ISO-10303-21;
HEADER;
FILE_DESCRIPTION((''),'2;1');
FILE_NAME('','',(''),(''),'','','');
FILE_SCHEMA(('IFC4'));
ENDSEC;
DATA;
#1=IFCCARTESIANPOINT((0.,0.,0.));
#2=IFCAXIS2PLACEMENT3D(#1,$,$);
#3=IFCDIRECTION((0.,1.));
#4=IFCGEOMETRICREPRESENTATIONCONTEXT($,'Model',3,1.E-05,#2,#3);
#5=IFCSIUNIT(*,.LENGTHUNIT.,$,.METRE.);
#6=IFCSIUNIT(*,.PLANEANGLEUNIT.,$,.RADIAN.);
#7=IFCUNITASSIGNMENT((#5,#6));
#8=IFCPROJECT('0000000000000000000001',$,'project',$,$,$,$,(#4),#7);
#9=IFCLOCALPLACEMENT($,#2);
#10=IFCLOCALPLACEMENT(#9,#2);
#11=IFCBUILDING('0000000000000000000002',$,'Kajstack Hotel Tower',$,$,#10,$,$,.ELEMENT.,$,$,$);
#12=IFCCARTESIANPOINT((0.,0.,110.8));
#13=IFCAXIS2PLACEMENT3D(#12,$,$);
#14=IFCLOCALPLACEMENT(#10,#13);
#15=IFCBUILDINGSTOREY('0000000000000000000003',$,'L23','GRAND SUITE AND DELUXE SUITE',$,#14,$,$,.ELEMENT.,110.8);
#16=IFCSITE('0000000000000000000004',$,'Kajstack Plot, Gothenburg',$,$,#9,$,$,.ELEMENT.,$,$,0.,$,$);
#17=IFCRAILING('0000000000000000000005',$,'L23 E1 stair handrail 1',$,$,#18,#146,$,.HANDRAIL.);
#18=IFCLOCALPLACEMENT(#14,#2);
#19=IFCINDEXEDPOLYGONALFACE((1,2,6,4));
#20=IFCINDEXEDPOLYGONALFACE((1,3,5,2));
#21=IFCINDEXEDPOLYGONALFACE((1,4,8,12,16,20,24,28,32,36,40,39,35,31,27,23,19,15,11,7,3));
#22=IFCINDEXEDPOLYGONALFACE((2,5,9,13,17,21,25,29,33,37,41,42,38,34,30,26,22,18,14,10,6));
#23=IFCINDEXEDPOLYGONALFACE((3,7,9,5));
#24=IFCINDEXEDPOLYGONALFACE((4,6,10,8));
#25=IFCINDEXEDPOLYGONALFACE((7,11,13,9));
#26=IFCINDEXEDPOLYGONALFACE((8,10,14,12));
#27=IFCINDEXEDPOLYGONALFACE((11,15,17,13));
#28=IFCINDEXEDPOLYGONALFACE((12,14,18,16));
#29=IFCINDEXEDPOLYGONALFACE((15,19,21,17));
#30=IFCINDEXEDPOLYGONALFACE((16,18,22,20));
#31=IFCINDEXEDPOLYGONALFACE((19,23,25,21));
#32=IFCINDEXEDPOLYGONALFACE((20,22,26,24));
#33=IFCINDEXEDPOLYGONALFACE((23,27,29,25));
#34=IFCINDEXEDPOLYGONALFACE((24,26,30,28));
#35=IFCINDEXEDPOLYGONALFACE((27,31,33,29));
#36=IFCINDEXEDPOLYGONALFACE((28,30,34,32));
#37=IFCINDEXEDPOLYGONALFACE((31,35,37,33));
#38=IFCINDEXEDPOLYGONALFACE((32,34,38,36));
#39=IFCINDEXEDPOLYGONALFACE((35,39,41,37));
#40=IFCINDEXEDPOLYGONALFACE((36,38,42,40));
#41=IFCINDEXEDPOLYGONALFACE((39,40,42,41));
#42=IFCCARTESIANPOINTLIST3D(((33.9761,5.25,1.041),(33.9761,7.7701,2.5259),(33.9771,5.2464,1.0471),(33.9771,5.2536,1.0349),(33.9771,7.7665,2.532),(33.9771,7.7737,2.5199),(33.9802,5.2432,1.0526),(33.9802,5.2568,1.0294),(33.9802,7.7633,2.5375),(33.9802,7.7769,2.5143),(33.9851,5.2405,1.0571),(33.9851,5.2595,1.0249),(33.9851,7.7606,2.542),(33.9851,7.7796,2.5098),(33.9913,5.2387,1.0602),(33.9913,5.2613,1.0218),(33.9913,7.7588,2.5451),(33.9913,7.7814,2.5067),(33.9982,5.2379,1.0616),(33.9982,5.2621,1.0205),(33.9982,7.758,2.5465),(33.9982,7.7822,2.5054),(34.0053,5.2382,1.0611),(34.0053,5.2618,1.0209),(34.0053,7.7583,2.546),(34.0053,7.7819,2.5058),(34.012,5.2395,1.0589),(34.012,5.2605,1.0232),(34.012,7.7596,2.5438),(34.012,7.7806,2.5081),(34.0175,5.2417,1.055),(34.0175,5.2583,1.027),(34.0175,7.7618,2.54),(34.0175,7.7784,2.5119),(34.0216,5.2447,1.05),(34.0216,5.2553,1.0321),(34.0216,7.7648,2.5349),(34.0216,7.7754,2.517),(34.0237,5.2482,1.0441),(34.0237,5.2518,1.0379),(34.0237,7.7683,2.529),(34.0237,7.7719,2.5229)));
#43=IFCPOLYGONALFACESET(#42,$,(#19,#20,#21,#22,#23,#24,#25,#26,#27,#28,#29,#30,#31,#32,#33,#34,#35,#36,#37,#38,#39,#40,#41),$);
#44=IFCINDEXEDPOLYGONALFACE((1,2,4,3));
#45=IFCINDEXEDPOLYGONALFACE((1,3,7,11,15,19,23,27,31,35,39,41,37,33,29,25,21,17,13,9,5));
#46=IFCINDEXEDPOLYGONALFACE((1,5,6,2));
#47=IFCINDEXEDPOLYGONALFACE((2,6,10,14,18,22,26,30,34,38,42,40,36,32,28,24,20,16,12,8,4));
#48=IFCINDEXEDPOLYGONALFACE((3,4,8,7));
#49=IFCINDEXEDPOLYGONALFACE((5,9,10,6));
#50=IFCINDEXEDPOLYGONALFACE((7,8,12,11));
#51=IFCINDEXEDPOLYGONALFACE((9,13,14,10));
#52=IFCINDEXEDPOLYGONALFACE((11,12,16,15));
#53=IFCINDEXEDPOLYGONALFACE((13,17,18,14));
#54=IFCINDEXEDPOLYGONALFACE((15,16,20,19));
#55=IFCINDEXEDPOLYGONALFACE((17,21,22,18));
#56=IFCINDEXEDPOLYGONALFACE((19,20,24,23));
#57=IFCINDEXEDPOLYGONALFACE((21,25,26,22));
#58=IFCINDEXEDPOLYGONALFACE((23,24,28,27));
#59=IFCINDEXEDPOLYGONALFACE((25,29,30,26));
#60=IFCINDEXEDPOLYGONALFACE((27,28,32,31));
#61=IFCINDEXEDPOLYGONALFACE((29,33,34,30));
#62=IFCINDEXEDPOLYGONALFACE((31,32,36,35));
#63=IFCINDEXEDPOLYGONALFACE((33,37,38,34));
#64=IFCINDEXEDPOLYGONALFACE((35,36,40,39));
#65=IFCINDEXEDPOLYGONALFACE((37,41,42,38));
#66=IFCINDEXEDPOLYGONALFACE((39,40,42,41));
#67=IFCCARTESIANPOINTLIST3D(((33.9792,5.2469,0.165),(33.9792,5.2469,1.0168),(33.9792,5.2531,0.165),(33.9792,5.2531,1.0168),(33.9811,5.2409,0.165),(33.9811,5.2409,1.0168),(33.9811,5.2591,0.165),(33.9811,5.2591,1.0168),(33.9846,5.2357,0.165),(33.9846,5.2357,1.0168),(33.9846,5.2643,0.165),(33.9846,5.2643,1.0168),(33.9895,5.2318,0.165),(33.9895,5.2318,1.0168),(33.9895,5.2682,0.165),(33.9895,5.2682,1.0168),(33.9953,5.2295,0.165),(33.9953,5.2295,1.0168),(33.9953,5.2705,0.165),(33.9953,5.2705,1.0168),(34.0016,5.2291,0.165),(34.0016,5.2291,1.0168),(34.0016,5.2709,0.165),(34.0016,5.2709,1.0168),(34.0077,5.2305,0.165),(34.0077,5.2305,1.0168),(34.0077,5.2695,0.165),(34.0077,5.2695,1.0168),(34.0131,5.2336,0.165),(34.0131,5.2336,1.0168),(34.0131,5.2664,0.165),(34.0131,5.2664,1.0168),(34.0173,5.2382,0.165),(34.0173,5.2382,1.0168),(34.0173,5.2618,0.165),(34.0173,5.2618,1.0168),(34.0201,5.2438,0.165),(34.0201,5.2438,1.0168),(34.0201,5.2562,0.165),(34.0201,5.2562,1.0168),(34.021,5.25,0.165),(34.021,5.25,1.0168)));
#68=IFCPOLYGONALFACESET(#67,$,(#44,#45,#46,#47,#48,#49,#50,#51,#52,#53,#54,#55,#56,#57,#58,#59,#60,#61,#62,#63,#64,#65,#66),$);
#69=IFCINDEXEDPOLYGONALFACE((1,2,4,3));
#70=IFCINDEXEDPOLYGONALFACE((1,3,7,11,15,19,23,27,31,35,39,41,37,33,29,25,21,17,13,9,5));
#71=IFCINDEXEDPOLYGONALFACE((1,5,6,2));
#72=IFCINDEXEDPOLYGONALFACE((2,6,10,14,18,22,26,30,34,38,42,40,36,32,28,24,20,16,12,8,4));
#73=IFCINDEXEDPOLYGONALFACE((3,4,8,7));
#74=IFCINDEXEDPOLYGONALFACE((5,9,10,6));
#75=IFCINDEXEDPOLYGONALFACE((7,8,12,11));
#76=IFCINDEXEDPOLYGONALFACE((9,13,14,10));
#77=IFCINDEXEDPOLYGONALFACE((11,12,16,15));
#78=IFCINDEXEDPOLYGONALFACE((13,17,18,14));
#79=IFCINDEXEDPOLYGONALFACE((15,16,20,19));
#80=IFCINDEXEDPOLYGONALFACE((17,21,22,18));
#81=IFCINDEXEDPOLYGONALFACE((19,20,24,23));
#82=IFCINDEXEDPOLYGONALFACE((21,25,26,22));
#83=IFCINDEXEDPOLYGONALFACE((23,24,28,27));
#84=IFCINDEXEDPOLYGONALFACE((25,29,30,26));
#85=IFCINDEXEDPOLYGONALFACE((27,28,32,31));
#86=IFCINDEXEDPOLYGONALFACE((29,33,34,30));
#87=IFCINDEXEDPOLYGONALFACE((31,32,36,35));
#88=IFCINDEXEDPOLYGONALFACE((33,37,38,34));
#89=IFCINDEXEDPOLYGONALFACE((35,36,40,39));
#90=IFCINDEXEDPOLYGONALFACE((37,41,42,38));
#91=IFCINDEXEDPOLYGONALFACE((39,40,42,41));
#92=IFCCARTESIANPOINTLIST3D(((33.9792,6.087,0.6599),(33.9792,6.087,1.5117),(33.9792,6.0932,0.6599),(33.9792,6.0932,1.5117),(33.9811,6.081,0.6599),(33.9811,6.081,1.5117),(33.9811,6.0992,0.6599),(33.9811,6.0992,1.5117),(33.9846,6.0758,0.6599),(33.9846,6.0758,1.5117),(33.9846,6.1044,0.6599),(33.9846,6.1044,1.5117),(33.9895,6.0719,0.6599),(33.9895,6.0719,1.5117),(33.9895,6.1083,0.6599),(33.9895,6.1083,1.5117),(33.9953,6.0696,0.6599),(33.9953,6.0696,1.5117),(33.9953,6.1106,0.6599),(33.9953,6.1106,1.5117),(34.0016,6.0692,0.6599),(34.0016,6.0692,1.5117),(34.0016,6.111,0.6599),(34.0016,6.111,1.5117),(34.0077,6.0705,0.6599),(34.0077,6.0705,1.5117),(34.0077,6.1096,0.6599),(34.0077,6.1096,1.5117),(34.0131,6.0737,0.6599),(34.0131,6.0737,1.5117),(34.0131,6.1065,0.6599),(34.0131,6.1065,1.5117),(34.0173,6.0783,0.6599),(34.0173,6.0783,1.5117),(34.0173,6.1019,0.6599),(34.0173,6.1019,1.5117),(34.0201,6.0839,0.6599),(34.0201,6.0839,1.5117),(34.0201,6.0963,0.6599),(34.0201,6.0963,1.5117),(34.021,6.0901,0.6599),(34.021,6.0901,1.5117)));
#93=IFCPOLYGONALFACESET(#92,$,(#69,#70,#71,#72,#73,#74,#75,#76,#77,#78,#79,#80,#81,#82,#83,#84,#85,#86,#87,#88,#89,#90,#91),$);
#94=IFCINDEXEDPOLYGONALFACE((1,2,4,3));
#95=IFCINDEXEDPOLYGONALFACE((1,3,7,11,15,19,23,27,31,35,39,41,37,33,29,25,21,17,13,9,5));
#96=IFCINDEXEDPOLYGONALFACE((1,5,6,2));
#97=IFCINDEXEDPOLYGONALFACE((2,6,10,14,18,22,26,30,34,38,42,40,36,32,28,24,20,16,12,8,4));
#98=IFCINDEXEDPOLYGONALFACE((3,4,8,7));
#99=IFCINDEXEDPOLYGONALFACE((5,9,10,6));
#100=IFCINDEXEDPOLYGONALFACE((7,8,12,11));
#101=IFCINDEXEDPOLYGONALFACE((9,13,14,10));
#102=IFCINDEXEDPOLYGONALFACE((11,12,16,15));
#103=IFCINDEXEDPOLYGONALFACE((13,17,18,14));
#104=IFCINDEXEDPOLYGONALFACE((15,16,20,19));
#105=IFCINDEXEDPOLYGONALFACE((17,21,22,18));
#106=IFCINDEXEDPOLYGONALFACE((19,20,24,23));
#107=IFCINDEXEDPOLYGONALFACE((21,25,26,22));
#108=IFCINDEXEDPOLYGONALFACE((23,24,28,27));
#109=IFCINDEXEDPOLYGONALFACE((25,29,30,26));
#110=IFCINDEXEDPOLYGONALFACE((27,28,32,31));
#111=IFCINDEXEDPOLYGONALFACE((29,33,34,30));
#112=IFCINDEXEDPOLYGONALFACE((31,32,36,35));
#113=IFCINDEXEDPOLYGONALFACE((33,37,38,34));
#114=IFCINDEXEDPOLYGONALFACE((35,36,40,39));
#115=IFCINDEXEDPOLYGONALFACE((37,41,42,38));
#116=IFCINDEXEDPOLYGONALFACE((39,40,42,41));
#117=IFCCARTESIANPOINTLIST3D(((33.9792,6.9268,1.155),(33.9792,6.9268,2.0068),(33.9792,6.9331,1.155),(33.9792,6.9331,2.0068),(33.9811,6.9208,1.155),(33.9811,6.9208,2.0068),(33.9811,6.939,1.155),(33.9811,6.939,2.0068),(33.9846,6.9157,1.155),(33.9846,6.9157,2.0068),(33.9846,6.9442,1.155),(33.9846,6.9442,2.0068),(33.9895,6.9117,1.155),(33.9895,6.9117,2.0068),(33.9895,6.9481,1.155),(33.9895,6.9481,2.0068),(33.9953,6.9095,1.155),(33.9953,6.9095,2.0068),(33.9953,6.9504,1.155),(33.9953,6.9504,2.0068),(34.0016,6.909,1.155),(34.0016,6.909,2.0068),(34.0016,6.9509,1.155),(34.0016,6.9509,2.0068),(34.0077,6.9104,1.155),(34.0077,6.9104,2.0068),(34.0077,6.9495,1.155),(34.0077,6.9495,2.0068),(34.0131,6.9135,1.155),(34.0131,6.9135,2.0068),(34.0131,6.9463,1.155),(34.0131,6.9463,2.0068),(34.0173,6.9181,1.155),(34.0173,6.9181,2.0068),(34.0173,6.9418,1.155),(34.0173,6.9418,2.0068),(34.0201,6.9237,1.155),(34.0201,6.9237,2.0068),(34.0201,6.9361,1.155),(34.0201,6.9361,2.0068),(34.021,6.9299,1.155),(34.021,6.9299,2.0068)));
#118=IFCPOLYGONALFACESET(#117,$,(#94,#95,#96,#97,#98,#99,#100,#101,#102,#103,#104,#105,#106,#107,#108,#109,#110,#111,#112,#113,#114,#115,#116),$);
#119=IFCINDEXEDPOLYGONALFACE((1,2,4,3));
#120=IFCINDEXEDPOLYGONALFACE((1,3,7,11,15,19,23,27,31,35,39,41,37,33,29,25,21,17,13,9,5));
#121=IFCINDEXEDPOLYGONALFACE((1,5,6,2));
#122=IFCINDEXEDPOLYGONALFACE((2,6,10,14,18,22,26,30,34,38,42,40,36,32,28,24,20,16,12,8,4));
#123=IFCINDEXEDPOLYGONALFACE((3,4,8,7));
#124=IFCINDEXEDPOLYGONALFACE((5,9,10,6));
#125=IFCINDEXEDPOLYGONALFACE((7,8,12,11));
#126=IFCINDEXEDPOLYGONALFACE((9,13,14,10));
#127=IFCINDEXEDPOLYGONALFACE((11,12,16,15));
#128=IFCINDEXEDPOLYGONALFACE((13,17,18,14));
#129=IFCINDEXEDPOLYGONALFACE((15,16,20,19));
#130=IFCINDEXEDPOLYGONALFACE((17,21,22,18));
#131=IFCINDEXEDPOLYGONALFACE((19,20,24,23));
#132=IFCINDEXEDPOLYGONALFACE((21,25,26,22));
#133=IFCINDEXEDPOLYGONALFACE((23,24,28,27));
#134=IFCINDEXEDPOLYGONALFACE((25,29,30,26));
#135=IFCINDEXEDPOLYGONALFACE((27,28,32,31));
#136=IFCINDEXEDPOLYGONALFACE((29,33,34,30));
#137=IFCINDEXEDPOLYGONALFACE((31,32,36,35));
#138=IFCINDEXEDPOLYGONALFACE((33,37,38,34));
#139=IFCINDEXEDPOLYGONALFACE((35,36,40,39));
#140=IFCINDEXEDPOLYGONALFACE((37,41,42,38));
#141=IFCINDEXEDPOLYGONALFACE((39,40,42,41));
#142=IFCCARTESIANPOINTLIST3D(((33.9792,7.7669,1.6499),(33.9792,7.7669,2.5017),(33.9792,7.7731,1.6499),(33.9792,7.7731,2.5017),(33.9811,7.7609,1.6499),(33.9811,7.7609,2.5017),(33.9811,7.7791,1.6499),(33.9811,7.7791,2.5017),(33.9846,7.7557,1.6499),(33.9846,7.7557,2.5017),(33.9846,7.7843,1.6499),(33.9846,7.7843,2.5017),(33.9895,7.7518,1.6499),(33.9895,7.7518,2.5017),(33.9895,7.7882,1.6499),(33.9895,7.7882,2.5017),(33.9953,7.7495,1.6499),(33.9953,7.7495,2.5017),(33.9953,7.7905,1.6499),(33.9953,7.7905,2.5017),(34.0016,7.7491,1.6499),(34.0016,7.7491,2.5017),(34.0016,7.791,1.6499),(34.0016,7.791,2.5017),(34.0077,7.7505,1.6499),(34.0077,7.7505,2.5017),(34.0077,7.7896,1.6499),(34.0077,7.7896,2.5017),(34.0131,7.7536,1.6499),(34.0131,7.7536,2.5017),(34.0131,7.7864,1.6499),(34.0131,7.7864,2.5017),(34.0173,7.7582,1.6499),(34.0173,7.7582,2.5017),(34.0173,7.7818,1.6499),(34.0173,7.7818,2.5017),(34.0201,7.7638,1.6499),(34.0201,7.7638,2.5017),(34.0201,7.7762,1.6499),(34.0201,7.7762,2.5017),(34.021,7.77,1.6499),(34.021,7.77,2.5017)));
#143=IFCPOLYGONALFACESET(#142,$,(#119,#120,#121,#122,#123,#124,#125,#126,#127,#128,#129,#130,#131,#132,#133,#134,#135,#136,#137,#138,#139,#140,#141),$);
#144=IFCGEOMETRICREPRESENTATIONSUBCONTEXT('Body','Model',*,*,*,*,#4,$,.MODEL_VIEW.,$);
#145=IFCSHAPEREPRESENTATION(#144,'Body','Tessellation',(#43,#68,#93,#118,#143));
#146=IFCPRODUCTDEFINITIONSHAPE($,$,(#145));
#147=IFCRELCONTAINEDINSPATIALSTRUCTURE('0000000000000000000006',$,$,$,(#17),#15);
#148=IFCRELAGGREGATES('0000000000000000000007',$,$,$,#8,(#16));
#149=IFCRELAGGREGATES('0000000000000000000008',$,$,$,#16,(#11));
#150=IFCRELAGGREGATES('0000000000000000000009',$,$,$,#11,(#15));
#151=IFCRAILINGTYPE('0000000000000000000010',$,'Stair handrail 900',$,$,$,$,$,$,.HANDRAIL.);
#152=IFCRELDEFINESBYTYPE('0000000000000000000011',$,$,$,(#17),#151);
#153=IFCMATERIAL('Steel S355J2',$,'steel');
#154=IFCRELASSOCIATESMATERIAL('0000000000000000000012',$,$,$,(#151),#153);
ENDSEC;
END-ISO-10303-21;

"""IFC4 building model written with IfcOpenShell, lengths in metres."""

from ifc_helpers import new_model, si_unit, direction, frame, origin, origin_2d, place, context, subcontext, project, spatial, circle, extrude, material, type_object, element, save


model = new_model("IFC4")

# Units and contexts
model_context = context("Model", 3, precision=1e-05, world=origin(), true_north=direction((0.0, 1.0)))
body_context = subcontext(model_context, "Body", "Model", "MODEL_VIEW")
ifc_project = project(units=[si_unit("LENGTHUNIT", "METRE"), si_unit("PLANEANGLEUNIT", "RADIAN")], contexts=[model_context])

# Site, building, storey
site_placement = place(None, origin())
site = spatial("IfcSite", under=ifc_project, at=site_placement, Name="Kajstack Plot, Gothenburg", CompositionType="ELEMENT", RefElevation=0.0)
building_placement = place(site_placement, origin())
building = spatial("IfcBuilding", under=site, at=building_placement, Name="Kajstack Hotel Tower", CompositionType="ELEMENT")
storey_placement = place(building_placement, frame((0.0, 0.0, 110.8)))
storey = spatial("IfcBuildingStorey", under=building, at=storey_placement, Name="L23", Description="GRAND SUITE AND DELUXE SUITE", CompositionType="ELEMENT", Elevation=110.8)

# Railing
ifc_material_1 = material(Name="Steel S355J2", Category="steel")
railing_type_1 = type_object("IfcRailingType", Name="Stair handrail 900", PredefinedType="HANDRAIL", material=ifc_material_1)
railing_1_placement = place(storey_placement, frame((34.0, 5.25, 0.165)))
element("IfcRailing", 1, at=railing_1_placement, inside=storey, type_object=railing_type_1, Name="L23 E1 stair handrail 1", PredefinedType="HANDRAIL", context=body_context, shape_type="SweptSolid", body=[
    extrude(circle(Radius=0.0239, at=origin_2d()), frame((0.0, 0.0, 0.876), z_axis=(0.0, 0.861561, 0.507655), x_axis=(-1.0, 0.0, 0.0)), (0.0, 0.0, 1.0), 2.925),
    extrude(circle(Radius=0.021, at=origin_2d()), origin(), (0.0, 0.0, 1.0), 0.8518),
    extrude(circle(Radius=0.021, at=origin_2d()), frame((0.0, 0.8401, 0.4949)), (0.0, 0.0, 1.0), 0.8518),
    extrude(circle(Radius=0.021, at=origin_2d()), frame((0.0, 1.6799, 0.99)), (0.0, 0.0, 1.0), 0.8518),
    extrude(circle(Radius=0.021, at=origin_2d()), frame((0.0, 2.52, 1.4849)), (0.0, 0.0, 1.0), 0.8518),
])

save(model, "model.ifc")
